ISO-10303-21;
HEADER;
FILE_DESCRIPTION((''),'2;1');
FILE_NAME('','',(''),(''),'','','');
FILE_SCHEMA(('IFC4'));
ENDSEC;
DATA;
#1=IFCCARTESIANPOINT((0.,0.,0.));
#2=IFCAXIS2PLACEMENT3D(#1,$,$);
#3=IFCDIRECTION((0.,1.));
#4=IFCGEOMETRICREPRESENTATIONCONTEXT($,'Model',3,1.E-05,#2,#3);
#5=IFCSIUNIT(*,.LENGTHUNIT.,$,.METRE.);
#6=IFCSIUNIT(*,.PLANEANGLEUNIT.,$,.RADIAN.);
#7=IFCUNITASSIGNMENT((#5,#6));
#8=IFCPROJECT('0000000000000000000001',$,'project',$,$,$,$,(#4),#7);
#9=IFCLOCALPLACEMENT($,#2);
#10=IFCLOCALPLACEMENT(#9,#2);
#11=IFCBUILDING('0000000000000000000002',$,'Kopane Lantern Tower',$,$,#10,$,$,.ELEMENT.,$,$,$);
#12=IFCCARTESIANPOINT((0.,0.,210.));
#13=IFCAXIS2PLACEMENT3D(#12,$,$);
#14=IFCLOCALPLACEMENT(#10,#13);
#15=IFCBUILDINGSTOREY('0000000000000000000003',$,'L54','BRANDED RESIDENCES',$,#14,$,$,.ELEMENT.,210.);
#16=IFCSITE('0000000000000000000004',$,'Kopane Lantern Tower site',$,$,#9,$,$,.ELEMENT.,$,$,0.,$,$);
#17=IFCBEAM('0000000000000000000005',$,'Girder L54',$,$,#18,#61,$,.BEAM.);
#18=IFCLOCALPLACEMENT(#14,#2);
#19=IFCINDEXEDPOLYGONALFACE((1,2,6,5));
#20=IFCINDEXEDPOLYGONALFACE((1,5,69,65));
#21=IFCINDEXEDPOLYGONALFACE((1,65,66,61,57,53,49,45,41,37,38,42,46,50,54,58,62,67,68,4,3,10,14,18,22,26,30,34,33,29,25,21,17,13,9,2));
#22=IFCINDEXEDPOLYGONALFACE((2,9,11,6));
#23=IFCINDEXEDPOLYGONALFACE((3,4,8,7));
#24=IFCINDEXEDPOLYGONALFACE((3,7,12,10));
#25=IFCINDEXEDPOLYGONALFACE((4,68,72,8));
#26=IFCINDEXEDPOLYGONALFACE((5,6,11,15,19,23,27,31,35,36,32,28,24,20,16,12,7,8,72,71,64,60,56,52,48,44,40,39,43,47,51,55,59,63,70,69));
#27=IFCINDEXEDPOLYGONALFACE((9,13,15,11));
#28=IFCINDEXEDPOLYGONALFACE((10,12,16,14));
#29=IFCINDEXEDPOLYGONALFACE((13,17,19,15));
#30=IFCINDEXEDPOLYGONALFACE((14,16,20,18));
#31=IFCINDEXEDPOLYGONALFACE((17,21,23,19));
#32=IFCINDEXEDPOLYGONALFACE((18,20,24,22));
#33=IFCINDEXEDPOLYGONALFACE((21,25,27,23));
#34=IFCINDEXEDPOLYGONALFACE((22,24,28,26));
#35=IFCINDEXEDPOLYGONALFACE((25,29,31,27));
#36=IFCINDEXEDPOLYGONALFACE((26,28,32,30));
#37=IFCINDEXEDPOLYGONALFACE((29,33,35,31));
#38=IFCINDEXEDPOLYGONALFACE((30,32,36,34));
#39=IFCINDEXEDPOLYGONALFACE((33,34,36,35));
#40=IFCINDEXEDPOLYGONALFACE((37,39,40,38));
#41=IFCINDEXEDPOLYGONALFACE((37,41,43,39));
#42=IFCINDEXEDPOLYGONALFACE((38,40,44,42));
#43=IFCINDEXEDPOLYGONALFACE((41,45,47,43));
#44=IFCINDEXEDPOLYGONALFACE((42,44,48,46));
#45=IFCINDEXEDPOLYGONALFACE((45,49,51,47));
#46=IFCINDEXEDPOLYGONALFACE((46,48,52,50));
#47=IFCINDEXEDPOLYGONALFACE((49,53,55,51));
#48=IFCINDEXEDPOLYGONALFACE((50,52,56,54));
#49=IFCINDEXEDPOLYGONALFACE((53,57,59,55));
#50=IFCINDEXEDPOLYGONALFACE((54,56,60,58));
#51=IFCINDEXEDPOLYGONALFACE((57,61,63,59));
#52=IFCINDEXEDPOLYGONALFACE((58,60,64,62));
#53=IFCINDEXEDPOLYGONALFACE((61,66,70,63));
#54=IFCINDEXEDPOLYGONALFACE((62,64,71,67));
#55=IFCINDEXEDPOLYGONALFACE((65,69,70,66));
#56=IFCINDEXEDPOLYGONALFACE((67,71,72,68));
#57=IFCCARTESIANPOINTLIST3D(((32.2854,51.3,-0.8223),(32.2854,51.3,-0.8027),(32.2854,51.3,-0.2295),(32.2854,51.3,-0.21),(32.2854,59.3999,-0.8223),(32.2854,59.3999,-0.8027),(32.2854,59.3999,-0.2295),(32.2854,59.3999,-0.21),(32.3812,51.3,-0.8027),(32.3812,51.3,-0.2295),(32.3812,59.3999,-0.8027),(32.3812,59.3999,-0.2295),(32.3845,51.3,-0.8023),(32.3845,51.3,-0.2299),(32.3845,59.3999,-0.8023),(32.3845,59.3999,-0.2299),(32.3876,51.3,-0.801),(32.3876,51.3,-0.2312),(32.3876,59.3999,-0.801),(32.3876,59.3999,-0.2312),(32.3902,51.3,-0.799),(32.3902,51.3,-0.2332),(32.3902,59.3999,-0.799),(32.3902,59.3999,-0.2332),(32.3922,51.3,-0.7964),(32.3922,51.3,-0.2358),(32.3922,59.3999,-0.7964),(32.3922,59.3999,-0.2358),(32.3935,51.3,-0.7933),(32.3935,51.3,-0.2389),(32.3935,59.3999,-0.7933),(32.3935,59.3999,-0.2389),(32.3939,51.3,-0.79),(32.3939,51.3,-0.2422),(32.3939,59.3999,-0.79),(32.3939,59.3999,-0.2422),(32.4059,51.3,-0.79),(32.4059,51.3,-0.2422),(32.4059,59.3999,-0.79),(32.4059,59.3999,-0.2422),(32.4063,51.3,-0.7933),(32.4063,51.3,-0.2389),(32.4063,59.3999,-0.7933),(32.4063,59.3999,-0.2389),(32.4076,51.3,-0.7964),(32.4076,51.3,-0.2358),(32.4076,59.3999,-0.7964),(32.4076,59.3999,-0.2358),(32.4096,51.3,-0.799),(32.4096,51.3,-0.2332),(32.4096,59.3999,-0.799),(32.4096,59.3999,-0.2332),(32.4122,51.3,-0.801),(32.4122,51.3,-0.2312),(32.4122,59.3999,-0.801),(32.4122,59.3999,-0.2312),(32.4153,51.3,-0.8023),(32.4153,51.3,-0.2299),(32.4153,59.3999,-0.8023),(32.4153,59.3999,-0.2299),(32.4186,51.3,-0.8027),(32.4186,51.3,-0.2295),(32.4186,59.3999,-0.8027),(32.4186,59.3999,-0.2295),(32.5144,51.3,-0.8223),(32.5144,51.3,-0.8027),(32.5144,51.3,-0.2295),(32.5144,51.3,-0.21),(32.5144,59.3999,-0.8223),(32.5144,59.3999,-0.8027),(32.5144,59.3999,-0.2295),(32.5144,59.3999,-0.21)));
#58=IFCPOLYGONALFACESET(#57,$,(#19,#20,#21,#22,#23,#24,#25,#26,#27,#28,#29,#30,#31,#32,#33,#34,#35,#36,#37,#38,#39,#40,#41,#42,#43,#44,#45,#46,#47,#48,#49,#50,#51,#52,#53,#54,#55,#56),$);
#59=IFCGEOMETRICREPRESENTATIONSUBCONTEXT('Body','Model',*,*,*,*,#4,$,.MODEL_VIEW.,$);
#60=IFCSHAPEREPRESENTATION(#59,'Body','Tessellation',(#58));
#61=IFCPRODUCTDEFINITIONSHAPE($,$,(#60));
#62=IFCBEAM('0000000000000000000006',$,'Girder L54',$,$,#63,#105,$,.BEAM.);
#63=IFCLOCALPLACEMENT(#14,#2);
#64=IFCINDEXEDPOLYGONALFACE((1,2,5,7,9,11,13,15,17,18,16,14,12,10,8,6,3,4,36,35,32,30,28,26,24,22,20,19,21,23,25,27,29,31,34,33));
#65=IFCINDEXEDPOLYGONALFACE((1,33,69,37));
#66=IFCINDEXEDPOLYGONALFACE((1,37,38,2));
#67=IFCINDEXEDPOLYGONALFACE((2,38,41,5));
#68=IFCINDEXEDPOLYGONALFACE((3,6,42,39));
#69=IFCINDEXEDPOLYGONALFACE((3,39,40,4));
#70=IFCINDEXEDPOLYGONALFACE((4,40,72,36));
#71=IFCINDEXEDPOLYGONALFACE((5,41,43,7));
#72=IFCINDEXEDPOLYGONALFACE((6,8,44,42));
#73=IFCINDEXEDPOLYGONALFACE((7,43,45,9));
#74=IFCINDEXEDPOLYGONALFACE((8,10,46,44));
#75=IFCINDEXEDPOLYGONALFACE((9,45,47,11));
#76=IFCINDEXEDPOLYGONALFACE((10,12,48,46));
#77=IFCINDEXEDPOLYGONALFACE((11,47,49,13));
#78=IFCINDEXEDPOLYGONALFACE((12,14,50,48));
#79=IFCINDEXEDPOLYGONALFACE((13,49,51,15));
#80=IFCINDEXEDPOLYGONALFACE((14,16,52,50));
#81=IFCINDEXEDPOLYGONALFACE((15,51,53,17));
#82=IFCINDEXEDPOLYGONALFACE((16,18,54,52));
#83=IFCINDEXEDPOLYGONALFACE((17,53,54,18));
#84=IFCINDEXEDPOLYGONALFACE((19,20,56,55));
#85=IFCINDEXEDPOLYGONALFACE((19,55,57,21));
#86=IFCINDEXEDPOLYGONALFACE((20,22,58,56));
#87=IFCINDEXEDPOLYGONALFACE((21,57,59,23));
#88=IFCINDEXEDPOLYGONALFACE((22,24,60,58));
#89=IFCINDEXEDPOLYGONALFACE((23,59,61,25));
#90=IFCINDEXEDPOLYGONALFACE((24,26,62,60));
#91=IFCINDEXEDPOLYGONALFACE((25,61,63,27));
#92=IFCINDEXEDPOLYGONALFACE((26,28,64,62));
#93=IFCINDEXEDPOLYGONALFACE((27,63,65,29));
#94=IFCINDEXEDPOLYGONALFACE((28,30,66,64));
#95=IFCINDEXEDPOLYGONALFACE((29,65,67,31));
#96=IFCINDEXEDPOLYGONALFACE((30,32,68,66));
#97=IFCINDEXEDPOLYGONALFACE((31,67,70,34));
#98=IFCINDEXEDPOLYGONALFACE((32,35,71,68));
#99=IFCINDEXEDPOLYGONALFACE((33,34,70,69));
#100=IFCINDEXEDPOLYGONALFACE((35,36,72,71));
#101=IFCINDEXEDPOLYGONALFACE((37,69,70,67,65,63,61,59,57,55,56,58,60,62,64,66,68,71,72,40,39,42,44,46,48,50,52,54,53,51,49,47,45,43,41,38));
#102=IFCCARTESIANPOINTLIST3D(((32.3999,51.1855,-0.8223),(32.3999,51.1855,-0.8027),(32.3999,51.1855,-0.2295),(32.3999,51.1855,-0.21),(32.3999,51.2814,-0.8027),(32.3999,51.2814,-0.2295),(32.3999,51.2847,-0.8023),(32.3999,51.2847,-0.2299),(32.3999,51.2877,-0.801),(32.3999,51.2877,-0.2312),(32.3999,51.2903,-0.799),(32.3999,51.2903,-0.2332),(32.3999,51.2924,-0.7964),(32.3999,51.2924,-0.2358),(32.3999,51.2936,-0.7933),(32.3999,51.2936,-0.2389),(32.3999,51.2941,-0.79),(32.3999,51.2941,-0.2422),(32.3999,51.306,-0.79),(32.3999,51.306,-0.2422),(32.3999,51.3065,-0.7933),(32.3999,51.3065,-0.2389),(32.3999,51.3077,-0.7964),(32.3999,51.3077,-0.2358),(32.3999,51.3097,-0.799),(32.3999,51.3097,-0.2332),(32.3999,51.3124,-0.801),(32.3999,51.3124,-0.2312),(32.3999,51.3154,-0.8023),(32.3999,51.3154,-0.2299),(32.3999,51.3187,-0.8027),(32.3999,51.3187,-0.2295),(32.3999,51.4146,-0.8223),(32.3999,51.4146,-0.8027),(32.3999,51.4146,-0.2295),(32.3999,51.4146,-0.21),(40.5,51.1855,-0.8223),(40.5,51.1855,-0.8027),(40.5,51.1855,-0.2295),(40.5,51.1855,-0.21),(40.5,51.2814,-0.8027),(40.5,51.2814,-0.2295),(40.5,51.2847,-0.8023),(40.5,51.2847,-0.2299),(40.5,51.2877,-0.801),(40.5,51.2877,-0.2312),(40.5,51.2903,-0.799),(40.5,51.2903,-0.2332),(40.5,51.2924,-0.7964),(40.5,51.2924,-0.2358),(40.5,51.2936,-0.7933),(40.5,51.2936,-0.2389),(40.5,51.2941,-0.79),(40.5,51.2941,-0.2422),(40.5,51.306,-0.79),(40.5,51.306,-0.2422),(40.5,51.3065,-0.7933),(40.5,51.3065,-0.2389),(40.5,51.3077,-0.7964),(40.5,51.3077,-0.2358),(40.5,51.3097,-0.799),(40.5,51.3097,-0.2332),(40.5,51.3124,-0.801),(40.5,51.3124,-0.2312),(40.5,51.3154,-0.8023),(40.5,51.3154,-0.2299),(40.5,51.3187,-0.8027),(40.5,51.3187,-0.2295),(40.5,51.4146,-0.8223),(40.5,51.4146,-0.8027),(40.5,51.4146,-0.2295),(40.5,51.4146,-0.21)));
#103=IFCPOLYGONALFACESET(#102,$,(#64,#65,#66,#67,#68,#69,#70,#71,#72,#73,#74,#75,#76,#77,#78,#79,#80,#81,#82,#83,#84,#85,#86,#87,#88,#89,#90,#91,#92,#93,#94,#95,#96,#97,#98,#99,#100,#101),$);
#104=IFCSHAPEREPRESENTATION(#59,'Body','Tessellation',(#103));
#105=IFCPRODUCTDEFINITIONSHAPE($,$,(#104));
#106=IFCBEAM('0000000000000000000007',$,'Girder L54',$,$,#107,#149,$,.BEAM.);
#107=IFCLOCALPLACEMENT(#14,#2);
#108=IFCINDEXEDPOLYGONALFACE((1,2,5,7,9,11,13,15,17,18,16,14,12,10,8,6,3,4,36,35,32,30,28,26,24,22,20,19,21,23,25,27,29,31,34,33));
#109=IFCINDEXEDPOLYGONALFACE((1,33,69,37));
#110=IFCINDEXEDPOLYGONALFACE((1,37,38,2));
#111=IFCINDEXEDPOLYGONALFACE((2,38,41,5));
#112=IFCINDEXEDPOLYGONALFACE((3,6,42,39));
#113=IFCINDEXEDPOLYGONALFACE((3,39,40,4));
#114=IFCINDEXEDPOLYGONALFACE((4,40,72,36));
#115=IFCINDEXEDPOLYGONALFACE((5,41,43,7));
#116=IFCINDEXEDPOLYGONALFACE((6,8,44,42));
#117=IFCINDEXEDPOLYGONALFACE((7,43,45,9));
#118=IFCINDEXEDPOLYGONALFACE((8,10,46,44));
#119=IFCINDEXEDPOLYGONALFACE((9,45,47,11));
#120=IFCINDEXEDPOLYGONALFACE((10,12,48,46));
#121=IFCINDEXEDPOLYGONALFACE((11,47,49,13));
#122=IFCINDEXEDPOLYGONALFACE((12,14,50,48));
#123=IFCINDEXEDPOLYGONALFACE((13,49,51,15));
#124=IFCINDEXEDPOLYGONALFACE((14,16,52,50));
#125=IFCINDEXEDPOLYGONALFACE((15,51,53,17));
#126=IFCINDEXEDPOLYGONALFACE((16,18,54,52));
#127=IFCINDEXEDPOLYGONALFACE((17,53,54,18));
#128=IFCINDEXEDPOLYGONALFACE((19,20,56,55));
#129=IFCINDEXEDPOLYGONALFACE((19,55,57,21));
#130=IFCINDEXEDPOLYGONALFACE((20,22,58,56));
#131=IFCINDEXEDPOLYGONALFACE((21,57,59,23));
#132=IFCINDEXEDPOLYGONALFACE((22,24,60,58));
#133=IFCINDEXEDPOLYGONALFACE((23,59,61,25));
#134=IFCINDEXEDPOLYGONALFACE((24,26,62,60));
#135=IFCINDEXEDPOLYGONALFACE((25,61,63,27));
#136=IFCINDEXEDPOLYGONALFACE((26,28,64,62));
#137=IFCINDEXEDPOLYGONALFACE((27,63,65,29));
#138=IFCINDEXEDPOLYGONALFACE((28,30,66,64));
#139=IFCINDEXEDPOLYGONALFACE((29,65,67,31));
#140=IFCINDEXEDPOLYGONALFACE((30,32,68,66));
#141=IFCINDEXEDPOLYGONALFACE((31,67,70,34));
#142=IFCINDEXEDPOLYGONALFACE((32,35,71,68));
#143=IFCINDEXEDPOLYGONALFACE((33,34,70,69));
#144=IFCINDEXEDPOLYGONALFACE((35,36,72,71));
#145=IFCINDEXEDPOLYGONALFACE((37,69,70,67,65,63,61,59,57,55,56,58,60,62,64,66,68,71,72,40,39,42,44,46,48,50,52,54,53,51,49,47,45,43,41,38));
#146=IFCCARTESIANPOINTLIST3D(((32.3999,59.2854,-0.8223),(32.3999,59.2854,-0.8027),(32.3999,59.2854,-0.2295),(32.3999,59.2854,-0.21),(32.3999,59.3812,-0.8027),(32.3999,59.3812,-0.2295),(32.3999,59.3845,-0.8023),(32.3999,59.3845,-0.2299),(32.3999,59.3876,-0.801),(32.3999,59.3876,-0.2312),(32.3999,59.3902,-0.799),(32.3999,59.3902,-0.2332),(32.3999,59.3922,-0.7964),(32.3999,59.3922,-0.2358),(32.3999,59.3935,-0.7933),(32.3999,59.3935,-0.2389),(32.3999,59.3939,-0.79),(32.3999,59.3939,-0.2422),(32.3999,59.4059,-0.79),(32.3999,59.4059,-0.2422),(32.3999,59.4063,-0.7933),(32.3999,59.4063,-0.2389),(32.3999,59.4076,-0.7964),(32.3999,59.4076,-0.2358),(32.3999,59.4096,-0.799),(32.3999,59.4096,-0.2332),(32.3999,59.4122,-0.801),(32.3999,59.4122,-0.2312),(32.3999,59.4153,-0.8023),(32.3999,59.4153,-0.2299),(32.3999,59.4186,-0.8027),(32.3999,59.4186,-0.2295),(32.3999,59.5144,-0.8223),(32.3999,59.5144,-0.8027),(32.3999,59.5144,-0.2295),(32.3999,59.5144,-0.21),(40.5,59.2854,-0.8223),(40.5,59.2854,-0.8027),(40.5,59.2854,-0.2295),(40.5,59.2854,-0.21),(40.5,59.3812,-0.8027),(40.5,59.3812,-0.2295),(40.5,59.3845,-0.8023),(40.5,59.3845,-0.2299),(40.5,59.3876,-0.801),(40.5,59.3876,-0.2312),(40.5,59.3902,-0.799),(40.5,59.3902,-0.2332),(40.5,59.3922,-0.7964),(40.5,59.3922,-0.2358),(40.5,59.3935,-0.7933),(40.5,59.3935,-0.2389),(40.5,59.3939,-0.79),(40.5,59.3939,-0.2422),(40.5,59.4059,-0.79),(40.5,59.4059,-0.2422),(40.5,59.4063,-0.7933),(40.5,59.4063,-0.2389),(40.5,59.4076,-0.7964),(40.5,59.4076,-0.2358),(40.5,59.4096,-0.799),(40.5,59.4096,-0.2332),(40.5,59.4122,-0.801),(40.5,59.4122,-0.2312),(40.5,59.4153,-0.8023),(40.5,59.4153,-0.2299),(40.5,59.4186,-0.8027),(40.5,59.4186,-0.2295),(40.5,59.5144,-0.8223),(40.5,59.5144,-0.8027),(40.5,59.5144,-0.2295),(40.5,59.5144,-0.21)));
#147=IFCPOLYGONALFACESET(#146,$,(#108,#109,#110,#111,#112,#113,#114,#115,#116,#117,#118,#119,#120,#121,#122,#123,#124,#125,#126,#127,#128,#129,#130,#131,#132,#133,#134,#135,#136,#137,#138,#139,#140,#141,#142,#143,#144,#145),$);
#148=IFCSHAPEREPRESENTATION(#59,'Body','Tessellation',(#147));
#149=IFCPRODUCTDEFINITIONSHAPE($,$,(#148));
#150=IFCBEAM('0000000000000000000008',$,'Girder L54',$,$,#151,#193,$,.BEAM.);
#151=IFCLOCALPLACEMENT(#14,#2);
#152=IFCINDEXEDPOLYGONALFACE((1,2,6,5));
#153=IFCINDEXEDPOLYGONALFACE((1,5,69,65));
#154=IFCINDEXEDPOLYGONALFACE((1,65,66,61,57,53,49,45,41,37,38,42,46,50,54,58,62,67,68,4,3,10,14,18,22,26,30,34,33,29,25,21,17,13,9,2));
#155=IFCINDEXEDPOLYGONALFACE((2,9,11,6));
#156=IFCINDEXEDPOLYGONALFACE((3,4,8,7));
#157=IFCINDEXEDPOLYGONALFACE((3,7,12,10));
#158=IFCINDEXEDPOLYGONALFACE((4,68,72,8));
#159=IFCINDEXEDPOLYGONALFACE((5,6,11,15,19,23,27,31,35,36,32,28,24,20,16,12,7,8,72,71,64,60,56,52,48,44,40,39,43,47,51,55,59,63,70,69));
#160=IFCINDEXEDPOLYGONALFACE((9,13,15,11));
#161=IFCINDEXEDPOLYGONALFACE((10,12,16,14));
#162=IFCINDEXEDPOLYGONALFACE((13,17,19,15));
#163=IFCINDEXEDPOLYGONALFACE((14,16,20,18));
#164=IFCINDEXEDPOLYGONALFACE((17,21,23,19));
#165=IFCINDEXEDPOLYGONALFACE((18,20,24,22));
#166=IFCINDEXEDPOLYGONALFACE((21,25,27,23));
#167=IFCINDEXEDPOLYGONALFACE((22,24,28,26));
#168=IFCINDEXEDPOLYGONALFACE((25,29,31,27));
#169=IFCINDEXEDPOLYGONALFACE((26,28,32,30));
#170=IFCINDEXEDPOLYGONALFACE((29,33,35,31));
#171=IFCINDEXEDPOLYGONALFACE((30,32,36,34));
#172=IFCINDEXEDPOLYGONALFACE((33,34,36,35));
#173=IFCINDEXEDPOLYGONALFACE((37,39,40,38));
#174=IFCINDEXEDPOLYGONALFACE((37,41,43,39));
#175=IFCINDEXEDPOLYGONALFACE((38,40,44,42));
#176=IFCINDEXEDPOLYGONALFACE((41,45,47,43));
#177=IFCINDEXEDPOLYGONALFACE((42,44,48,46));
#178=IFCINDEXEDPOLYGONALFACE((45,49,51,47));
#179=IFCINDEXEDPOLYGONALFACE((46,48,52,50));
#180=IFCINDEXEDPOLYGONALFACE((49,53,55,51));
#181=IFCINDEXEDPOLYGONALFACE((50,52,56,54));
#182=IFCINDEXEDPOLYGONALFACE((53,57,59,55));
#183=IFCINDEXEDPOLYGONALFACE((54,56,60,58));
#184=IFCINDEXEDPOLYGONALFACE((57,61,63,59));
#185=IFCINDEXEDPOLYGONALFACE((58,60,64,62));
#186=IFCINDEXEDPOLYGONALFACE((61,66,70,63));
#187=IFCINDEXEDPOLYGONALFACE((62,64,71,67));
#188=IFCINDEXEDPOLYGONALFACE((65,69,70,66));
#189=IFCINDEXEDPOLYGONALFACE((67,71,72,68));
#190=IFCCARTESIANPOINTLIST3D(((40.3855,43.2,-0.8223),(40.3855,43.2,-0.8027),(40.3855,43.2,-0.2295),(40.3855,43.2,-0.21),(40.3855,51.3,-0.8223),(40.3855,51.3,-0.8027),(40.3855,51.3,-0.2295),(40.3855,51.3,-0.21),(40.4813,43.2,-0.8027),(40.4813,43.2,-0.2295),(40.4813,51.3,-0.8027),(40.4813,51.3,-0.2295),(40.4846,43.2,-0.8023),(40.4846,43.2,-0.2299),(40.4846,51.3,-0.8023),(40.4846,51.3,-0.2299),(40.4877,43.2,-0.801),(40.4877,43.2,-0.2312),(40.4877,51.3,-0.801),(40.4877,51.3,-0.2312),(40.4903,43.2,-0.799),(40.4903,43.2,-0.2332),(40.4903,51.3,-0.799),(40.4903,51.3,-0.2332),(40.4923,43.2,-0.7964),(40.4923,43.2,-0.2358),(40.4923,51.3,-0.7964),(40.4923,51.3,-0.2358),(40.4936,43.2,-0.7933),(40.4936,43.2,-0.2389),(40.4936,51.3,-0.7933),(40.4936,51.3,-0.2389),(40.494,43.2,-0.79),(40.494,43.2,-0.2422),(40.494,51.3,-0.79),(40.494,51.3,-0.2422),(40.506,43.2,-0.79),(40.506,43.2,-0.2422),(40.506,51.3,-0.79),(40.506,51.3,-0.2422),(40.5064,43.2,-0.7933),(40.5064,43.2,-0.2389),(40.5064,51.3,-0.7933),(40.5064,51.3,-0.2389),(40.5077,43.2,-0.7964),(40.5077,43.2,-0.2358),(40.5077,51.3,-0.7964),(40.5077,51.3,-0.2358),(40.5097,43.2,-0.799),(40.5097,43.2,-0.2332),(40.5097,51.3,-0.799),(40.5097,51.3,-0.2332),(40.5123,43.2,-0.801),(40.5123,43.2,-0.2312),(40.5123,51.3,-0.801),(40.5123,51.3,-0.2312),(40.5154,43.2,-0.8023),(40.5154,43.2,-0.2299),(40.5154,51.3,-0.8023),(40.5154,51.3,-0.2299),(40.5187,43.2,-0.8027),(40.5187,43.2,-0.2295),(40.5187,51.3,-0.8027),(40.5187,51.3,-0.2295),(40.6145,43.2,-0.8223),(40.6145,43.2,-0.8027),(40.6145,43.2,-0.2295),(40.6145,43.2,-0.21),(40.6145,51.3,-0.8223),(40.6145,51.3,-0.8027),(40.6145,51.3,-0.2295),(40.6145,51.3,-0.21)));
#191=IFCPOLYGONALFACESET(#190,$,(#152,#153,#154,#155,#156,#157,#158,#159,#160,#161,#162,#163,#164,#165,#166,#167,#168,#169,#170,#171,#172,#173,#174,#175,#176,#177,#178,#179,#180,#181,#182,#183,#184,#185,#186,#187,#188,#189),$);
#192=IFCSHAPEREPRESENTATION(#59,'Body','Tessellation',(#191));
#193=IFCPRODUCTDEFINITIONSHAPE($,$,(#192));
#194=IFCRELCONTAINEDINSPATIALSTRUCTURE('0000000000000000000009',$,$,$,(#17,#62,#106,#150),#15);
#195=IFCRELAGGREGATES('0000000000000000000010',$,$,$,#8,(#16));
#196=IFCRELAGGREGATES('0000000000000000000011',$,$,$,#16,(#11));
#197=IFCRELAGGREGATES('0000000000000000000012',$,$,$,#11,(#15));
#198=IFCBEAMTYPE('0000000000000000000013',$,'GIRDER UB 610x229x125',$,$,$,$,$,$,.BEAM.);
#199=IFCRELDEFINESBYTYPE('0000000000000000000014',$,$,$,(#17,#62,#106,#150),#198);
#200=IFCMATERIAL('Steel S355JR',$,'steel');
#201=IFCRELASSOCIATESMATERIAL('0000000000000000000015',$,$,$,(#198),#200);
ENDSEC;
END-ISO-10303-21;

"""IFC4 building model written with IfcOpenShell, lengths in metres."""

from ifc_helpers import new_model, si_unit, direction, frame, origin, origin_2d, place, context, subcontext, project, spatial, i_section, extrude, material, material_profile, profile_set, type_object, element, save


model = new_model("IFC4")

# Units and contexts
model_context = context("Model", 3, precision=1e-05, world=origin(), true_north=direction((0.0, 1.0)))
body_context = subcontext(model_context, "Body", "Model", "MODEL_VIEW")
ifc_project = project(units=[si_unit("LENGTHUNIT", "METRE"), si_unit("PLANEANGLEUNIT", "RADIAN")], contexts=[model_context])

# Site, building, storey
site_placement = place(None, origin())
site = spatial("IfcSite", under=ifc_project, at=site_placement, Name="Kopane Lantern Tower site", CompositionType="ELEMENT", RefElevation=0.0)
building_placement = place(site_placement, origin())
building = spatial("IfcBuilding", under=site, at=building_placement, Name="Kopane Lantern Tower", CompositionType="ELEMENT")
storey_placement = place(building_placement, frame((0.0, 0.0, 210.0)))
storey = spatial("IfcBuildingStorey", under=building, at=storey_placement, Name="L54", Description="BRANDED RESIDENCES", CompositionType="ELEMENT", Elevation=210.0)

# Beams
ifc_material_1 = material(Name="Steel S355JR", Category="steel")
ifc_material_profile_1 = material_profile(ifc_material_1, i_section(OverallWidth=0.229, OverallDepth=0.6123, WebThickness=0.012, FlangeThickness=0.0195, FilletRadius=0.0127, at=origin_2d()), Name="UB 610x229x125")
ifc_profile_set_1 = profile_set([ifc_material_profile_1], Name="Steel S355JR")
beam_type = type_object("IfcBeamType", Name="GIRDER UB 610x229x125", PredefinedType="BEAM", material=ifc_profile_set_1)
beam_placement = place(storey_placement, frame((32.3999, 51.3, -0.5161), z_axis=(0.0, 1.0, 0.0), x_axis=(-1.0, 0.0, 0.0)))
element("IfcBeam", 1, at=beam_placement, inside=storey, type_object=beam_type, Name="Girder L54", PredefinedType="BEAM", context=body_context, shape_type="SweptSolid", body=[
    extrude(i_section(OverallWidth=0.229, OverallDepth=0.6123, WebThickness=0.012, FlangeThickness=0.0195, FilletRadius=0.0127, at=origin_2d()), origin(), (0.0, 0.0, 1.0), 8.0999),
])
for number, where, z_axis, x_axis, name in (
    (2, (32.3999, 51.3, -0.5161), (1.0, 0.0, 0.0), (0.0, 1.0, 0.0), "Girder L54"),
    (3, (32.3999, 59.3999, -0.5161), (1.0, 0.0, 0.0), (0.0, 1.0, 0.0), "Girder L54"),
    (4, (40.5, 43.2, -0.5161), (0.0, 1.0, 0.0), (-1.0, 0.0, 0.0), "Girder L54"),
):
    element("IfcBeam", number, at=place(storey_placement, frame(where, z_axis=z_axis, x_axis=x_axis)), inside=storey, type_object=beam_type, Name=name, PredefinedType="BEAM", context=body_context, shape_type="SweptSolid", body=[
        extrude(i_section(OverallWidth=0.229, OverallDepth=0.6123, WebThickness=0.012, FlangeThickness=0.0195, FilletRadius=0.0127, at=origin_2d()), origin(), (0.0, 0.0, 1.0), 8.1001),
    ])

save(model, "model.ifc")
